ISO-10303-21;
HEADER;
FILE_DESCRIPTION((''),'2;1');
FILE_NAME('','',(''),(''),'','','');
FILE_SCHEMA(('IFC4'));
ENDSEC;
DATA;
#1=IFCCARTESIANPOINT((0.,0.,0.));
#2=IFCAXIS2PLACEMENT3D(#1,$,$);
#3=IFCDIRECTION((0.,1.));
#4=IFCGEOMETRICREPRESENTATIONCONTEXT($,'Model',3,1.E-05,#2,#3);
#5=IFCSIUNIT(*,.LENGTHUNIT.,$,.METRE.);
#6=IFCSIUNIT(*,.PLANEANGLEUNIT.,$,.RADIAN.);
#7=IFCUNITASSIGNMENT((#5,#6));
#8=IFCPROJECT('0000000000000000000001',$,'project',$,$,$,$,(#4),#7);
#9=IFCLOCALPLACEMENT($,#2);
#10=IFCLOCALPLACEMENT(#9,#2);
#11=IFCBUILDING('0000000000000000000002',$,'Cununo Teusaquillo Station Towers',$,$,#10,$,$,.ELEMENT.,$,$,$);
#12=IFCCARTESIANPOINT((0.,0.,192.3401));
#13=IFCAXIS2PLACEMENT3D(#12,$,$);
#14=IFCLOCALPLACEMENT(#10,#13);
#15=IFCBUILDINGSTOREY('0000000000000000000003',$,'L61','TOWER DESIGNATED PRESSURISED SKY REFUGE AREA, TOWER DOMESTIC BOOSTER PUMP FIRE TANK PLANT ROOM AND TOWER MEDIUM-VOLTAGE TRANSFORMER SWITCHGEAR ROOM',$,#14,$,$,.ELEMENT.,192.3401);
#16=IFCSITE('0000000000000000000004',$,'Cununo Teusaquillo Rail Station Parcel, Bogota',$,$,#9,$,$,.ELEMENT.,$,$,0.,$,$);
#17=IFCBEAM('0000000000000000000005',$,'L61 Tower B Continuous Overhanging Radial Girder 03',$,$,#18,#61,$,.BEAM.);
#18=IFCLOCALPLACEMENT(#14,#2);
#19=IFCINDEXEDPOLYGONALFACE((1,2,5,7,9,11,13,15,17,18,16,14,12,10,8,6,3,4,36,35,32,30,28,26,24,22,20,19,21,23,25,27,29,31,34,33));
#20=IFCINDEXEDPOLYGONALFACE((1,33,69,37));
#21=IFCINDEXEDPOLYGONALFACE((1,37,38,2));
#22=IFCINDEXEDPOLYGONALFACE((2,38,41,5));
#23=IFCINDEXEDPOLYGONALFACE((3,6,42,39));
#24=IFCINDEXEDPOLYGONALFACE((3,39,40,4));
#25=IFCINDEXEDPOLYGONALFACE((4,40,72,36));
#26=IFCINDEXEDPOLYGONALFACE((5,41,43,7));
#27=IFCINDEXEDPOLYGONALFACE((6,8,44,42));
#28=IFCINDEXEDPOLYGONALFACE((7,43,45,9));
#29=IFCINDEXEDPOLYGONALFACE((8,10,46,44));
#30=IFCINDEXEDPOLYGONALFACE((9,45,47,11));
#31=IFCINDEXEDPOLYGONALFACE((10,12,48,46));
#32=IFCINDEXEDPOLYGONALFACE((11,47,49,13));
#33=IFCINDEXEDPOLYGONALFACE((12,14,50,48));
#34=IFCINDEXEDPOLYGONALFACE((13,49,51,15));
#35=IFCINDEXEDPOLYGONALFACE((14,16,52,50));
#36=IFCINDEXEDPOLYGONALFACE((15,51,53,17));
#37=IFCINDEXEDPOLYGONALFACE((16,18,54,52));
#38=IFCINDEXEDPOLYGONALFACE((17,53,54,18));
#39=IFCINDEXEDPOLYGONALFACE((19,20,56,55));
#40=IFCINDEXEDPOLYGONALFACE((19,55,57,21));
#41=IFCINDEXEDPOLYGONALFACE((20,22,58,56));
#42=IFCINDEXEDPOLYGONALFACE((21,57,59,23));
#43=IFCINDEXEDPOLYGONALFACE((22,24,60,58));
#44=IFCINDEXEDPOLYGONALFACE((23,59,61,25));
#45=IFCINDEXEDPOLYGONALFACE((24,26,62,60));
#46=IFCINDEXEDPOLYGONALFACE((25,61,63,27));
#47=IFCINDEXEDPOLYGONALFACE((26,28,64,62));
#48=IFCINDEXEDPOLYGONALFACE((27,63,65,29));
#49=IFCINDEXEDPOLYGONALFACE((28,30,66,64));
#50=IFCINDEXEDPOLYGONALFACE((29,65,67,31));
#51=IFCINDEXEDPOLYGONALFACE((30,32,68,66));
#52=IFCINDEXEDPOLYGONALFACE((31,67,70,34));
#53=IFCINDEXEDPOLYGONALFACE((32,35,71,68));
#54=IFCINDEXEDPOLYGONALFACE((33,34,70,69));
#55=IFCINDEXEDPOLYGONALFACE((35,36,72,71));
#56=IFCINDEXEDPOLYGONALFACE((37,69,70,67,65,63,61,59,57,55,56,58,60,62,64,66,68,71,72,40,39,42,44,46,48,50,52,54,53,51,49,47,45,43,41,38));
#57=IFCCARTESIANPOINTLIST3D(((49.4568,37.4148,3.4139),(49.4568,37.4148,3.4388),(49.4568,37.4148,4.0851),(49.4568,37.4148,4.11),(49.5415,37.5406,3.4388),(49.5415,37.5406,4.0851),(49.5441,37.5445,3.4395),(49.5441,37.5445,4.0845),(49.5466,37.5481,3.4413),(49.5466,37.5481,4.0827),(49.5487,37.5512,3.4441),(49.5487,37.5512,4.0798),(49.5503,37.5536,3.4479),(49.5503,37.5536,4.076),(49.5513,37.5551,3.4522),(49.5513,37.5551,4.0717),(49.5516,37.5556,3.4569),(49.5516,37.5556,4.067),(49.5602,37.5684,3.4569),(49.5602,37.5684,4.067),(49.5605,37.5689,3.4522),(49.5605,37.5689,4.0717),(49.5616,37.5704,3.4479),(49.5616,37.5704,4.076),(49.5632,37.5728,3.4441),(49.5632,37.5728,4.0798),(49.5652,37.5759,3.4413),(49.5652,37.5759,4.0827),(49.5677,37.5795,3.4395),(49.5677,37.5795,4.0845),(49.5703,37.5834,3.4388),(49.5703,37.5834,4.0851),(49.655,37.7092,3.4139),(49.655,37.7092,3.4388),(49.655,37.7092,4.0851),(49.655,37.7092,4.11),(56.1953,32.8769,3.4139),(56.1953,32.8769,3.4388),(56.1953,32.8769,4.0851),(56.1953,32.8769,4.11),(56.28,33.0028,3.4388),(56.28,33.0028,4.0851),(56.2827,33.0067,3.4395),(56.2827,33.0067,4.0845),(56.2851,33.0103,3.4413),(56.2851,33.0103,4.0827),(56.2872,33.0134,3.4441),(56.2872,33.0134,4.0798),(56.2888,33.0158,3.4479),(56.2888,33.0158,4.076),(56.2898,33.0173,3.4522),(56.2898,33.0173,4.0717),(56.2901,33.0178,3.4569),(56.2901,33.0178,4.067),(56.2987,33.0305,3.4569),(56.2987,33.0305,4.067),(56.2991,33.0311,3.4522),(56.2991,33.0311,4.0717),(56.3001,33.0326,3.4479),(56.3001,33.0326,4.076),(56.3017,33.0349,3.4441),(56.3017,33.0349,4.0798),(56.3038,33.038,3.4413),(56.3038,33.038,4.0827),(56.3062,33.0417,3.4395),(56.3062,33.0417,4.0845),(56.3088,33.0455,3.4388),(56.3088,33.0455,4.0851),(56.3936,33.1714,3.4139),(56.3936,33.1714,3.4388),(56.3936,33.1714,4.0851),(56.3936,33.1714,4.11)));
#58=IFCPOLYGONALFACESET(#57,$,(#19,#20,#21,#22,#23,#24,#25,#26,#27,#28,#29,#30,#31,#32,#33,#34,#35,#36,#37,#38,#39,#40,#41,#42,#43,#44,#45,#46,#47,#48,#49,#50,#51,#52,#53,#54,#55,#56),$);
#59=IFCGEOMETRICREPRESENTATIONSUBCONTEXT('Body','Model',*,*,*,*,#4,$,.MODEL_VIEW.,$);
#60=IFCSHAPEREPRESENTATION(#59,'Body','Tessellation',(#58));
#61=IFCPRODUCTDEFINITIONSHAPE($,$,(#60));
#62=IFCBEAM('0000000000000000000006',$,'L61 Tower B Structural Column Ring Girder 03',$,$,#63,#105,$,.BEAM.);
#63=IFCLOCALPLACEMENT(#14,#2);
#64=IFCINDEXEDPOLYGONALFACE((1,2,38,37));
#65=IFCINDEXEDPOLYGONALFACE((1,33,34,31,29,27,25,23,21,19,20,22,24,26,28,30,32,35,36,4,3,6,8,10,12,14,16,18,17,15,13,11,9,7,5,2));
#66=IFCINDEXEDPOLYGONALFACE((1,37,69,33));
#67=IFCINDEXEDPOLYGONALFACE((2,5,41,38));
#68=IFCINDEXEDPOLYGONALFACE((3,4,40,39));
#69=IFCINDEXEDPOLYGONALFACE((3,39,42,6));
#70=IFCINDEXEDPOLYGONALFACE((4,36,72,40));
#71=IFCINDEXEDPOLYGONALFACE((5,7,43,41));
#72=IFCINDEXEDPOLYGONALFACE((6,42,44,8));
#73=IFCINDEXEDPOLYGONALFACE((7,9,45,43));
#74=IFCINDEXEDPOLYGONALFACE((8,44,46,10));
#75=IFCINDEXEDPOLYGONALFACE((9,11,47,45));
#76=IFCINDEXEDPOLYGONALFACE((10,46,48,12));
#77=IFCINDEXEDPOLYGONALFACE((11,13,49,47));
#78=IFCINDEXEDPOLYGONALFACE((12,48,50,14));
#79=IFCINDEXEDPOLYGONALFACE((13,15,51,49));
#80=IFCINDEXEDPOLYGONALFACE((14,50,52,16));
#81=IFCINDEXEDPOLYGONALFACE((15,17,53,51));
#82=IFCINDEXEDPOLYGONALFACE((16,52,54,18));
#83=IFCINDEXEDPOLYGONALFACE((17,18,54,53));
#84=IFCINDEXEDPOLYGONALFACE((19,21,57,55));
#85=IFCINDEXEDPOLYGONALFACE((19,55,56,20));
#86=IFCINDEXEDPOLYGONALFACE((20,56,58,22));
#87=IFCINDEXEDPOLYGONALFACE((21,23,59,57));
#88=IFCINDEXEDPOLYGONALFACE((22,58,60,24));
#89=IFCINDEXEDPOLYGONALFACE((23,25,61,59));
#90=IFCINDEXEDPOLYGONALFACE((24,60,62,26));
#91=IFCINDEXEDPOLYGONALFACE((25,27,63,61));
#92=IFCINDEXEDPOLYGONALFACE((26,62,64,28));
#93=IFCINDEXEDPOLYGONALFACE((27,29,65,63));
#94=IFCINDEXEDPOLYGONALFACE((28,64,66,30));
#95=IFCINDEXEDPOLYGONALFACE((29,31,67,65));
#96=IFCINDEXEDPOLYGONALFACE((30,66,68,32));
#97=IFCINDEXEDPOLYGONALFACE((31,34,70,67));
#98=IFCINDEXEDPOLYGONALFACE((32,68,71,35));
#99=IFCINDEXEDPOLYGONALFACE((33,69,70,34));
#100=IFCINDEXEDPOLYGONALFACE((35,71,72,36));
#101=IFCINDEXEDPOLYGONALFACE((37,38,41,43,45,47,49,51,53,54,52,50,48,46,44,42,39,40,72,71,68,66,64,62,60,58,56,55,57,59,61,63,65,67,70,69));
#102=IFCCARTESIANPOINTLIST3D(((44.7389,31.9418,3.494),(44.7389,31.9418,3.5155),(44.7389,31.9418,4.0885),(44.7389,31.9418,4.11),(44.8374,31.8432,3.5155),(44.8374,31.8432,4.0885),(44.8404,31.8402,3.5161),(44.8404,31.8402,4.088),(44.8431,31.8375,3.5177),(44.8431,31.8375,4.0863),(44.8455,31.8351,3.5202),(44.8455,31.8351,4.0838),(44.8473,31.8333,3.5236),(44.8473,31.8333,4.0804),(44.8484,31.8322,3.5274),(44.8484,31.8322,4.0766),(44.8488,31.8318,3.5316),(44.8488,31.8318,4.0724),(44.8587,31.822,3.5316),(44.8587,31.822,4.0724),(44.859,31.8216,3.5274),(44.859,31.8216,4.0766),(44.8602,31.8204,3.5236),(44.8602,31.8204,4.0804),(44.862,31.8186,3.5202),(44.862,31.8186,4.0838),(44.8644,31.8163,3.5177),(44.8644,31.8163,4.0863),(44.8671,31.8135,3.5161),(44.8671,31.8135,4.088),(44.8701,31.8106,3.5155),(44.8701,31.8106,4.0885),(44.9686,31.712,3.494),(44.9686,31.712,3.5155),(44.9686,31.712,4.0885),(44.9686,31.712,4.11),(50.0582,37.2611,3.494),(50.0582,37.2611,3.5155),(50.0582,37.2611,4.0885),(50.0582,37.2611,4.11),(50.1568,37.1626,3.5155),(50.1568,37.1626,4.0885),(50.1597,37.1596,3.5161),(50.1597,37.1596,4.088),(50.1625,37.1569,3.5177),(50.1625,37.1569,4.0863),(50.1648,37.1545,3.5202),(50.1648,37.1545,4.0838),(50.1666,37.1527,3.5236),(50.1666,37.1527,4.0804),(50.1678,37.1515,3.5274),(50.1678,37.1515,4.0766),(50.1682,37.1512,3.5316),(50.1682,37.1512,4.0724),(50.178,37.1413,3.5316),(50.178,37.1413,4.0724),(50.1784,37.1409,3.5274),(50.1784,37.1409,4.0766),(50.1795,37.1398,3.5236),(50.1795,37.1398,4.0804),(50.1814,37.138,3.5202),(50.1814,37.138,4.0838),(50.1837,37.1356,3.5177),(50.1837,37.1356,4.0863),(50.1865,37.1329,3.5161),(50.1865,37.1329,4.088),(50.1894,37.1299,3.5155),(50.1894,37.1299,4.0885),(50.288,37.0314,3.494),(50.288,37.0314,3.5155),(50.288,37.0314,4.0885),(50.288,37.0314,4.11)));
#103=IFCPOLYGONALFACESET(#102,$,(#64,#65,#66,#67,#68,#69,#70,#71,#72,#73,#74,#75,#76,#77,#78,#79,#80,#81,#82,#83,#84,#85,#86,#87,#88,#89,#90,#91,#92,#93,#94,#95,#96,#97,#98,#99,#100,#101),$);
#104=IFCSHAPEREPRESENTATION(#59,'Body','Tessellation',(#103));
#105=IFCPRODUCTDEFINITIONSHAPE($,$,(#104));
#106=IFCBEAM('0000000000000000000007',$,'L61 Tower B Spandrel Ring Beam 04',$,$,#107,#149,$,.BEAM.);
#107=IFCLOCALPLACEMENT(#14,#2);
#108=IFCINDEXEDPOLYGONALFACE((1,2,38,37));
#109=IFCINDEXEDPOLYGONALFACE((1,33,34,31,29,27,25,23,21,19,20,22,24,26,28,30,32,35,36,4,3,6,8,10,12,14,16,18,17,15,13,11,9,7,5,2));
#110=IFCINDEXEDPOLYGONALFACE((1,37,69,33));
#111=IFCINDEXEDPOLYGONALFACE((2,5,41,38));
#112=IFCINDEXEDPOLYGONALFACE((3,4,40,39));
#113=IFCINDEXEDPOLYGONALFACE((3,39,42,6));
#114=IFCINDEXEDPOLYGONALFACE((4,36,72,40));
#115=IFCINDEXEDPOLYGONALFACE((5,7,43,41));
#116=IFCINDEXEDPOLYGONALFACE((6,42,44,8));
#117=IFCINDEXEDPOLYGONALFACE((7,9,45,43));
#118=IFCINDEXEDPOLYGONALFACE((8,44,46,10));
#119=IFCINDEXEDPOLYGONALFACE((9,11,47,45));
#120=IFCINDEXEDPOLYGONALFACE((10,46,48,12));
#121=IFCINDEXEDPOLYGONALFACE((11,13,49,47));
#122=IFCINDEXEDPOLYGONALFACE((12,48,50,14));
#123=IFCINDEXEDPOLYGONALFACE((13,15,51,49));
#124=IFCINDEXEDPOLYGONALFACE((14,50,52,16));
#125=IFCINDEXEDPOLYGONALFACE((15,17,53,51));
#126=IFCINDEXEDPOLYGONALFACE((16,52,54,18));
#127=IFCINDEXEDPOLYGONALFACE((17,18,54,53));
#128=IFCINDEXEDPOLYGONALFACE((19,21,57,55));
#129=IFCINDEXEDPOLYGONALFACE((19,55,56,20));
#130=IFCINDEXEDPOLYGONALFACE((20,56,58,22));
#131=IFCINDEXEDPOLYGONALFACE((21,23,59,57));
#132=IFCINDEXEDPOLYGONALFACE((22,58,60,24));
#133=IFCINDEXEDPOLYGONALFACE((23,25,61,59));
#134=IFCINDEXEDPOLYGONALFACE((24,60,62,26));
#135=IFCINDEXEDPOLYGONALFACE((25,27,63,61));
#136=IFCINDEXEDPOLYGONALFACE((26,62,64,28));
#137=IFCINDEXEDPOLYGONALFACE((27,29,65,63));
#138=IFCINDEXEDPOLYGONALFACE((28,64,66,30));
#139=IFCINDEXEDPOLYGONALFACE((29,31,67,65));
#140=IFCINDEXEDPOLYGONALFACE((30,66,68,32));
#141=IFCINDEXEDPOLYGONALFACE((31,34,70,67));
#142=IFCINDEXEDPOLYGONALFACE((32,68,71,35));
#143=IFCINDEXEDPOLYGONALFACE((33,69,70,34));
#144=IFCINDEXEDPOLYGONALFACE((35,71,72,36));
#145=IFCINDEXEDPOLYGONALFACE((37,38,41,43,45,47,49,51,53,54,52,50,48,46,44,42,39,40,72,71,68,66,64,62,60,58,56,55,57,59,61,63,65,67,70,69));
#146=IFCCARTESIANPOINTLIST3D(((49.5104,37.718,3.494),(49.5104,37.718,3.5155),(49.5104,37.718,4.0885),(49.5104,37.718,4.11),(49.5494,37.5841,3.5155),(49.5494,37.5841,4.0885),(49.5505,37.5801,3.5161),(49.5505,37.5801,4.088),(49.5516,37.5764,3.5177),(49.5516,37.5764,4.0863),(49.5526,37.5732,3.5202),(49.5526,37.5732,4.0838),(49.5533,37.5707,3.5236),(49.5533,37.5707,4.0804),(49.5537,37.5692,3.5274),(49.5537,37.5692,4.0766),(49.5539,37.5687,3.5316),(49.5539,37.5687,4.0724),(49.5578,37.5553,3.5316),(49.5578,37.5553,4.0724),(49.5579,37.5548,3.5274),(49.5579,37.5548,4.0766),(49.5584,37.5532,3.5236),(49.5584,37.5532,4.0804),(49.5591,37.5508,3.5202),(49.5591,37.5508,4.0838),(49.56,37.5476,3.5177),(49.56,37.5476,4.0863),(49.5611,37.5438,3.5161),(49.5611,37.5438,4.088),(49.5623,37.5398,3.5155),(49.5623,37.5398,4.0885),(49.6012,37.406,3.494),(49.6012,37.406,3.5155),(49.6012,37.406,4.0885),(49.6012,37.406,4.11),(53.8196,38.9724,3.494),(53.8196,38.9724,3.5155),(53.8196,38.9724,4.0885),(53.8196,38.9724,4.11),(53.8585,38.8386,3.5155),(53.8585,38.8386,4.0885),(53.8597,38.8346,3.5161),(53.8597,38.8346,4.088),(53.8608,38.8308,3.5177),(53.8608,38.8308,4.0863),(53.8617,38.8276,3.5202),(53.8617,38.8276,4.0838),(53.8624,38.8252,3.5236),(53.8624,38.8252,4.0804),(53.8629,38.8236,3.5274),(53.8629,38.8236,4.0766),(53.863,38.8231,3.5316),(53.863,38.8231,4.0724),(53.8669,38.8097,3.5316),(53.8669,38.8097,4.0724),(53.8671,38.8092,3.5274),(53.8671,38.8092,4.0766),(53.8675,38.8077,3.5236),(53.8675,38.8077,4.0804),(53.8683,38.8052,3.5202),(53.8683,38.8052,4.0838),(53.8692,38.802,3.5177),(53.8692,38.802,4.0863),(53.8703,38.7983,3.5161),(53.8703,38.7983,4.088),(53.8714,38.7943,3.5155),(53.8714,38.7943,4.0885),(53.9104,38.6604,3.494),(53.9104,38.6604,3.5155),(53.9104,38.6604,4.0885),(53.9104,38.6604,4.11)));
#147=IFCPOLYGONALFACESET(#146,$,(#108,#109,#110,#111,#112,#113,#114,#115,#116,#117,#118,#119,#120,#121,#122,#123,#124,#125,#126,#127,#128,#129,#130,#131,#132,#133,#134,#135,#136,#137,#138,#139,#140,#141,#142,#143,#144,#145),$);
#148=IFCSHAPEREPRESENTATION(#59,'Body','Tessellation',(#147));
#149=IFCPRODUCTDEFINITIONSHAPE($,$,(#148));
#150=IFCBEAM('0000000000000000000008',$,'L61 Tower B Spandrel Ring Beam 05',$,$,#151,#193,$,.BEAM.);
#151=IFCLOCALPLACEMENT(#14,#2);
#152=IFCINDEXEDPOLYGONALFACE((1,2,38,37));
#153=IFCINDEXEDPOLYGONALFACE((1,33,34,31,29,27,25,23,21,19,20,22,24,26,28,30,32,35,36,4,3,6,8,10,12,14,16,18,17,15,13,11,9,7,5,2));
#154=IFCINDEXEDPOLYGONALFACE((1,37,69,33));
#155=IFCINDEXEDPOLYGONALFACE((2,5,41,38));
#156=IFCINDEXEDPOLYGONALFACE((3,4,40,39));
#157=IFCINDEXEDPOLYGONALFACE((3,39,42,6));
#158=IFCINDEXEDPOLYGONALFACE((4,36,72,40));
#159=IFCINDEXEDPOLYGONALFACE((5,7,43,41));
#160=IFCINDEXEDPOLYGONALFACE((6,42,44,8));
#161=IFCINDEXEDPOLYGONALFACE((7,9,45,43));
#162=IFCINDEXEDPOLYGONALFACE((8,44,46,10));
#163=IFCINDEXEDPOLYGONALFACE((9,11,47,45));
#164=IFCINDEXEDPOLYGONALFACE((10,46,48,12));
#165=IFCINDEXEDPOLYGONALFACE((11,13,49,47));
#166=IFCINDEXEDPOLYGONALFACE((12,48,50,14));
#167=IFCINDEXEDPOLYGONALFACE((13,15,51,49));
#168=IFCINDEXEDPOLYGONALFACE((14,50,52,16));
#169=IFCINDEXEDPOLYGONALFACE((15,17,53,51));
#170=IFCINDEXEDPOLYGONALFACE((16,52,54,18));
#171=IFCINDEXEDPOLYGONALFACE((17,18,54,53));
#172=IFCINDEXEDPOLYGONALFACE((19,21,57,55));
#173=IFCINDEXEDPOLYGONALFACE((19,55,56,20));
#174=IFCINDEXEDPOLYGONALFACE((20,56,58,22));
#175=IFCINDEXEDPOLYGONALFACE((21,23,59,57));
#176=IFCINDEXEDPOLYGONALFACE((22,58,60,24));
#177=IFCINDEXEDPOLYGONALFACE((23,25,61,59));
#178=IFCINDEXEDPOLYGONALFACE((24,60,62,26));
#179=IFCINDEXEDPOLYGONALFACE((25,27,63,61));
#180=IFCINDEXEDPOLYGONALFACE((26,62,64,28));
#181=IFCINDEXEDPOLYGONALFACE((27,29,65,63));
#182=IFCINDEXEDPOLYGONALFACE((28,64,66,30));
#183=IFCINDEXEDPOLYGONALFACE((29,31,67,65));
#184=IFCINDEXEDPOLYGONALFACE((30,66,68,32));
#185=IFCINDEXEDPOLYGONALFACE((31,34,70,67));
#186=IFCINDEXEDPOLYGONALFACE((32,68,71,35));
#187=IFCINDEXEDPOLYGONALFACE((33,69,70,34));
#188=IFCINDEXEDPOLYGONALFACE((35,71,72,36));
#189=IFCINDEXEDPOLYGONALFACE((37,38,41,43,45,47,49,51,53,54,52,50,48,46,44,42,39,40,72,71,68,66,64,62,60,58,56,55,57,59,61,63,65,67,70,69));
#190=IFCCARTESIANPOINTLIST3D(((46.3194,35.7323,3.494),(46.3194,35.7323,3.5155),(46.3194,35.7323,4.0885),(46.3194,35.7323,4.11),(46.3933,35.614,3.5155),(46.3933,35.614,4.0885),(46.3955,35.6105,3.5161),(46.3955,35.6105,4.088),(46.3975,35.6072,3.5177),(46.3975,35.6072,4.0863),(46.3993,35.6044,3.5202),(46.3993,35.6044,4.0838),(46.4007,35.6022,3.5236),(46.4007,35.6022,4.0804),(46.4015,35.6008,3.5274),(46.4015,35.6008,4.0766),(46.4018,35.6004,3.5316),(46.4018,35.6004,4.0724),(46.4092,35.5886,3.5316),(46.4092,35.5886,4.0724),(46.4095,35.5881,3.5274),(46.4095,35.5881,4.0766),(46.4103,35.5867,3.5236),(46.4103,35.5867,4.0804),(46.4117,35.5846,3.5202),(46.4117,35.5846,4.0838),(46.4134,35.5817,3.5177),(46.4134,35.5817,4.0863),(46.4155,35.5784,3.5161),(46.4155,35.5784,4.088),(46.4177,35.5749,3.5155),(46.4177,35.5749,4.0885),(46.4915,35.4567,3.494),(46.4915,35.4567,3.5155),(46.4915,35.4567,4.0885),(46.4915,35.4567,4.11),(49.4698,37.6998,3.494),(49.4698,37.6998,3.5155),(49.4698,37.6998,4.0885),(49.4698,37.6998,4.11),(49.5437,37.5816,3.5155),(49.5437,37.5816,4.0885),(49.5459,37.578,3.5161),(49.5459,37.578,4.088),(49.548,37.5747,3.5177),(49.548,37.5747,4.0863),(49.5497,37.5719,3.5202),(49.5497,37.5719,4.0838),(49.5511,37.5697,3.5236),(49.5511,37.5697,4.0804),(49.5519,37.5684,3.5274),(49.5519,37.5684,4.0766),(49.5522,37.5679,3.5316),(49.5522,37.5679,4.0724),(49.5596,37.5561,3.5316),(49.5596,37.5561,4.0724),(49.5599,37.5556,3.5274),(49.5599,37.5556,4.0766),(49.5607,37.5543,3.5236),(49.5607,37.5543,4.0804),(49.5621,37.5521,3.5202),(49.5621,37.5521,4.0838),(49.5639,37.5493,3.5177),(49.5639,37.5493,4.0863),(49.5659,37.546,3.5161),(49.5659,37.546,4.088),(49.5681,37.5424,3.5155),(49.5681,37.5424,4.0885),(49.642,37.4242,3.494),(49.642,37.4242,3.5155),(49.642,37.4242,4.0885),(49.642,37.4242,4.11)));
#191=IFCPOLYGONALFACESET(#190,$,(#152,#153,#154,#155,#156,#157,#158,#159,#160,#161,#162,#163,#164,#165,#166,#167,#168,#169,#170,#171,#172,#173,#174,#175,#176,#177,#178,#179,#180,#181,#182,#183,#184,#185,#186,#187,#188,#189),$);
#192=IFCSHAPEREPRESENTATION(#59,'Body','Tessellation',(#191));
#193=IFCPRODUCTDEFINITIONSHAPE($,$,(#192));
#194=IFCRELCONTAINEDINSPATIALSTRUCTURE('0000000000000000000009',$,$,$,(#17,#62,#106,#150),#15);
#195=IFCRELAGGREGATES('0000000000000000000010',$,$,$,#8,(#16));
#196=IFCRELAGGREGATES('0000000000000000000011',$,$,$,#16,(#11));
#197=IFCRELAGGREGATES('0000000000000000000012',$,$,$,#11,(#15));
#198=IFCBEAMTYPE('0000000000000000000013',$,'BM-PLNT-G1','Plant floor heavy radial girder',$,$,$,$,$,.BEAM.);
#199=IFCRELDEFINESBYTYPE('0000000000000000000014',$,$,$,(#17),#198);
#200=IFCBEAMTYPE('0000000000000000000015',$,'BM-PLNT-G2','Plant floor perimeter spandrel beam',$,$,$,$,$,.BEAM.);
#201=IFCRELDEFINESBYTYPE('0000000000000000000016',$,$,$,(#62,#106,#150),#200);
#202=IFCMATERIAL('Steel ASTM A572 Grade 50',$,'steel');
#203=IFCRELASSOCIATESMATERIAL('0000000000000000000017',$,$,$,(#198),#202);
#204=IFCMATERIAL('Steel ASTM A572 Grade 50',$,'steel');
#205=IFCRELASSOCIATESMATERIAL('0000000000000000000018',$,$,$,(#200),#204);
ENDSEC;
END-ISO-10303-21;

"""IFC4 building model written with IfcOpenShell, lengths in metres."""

from ifc_helpers import new_model, si_unit, direction, frame, origin, origin_2d, place, context, subcontext, project, spatial, i_section, extrude, material, material_profile, profile_set, type_object, element, save


model = new_model("IFC4")

# Units and contexts
model_context = context("Model", 3, precision=1e-05, world=origin(), true_north=direction((0.0, 1.0)))
body_context = subcontext(model_context, "Body", "Model", "MODEL_VIEW")
ifc_project = project(units=[si_unit("LENGTHUNIT", "METRE"), si_unit("PLANEANGLEUNIT", "RADIAN")], contexts=[model_context])

# Site, building, storey
site_placement = place(None, origin())
site = spatial("IfcSite", under=ifc_project, at=site_placement, Name="Cununo Teusaquillo Rail Station Parcel, Bogota", CompositionType="ELEMENT", RefElevation=0.0)
building_placement = place(site_placement, origin())
building = spatial("IfcBuilding", under=site, at=building_placement, Name="Cununo Teusaquillo Station Towers", CompositionType="ELEMENT")
storey_placement = place(building_placement, frame((0.0, 0.0, 192.3401)))
storey = spatial("IfcBuildingStorey", under=building, at=storey_placement, Name="L61", Description="TOWER DESIGNATED PRESSURISED SKY REFUGE AREA, TOWER DOMESTIC BOOSTER PUMP FIRE TANK PLANT ROOM AND TOWER MEDIUM-VOLTAGE TRANSFORMER SWITCHGEAR ROOM", CompositionType="ELEMENT", Elevation=192.3401)

# Beams
ifc_material_1 = material(Name="Steel ASTM A572 Grade 50", Category="steel")
ifc_material_profile_1 = material_profile(ifc_material_1, i_section(OverallWidth=0.355, OverallDepth=0.696, WebThickness=0.0154, FlangeThickness=0.0249, FilletRadius=0.0181, at=origin_2d()), Name="W27X146")
ifc_profile_set_1 = profile_set([ifc_material_profile_1], Name="Steel ASTM A572 Grade 50")
beam_type_1 = type_object("IfcBeamType", Name="BM-PLNT-G1", Description="Plant floor heavy radial girder", PredefinedType="BEAM", material=ifc_profile_set_1)
beam_1_placement = place(storey_placement, frame((56.2944, 33.0242, 3.762), z_axis=(-0.829457, 0.558571, 0.0), x_axis=(-0.558571, -0.829457, 0.0)))
element("IfcBeam", 1, at=beam_1_placement, inside=storey, type_object=beam_type_1, Name="L61 Tower B Continuous Overhanging Radial Girder 03", PredefinedType="BEAM", context=body_context, shape_type="SweptSolid", body=[
    extrude(i_section(OverallWidth=0.355, OverallDepth=0.696, WebThickness=0.0154, FlangeThickness=0.0249, FilletRadius=0.0181, at=origin_2d()), origin(), (0.0, 0.0, 1.0), 8.124),
])
ifc_material_2 = material(Name="Steel ASTM A572 Grade 50", Category="steel")
ifc_material_profile_2 = material_profile(ifc_material_2, i_section(OverallWidth=0.325, OverallDepth=0.616, WebThickness=0.0139, FlangeThickness=0.0215, FilletRadius=0.0161, at=origin_2d()), Name="W24X117")
ifc_profile_set_2 = profile_set([ifc_material_profile_2], Name="Steel ASTM A572 Grade 50")
beam_type_2 = type_object("IfcBeamType", Name="BM-PLNT-G2", Description="Plant floor perimeter spandrel beam", PredefinedType="BEAM", material=ifc_profile_set_2)
beam_2_placement = place(storey_placement, frame((50.1731, 37.1462, 3.802), z_axis=(-0.707107, -0.707107, 0.0), x_axis=(0.707107, -0.707107, 0.0)))
element("IfcBeam", 2, at=beam_2_placement, inside=storey, type_object=beam_type_2, Name="L61 Tower B Structural Column Ring Girder 03", PredefinedType="BEAM", context=body_context, shape_type="SweptSolid", body=[
    extrude(i_section(OverallWidth=0.325, OverallDepth=0.616, WebThickness=0.0139, FlangeThickness=0.0215, FilletRadius=0.0161, at=origin_2d()), origin(), (0.0, 0.0, 1.0), 7.5227),
])
beam_3_placement = place(storey_placement, frame((53.865, 38.8164, 3.802), z_axis=(-0.960145, -0.279503, 0.0), x_axis=(0.279503, -0.960145, 0.0)))
element("IfcBeam", 3, at=beam_3_placement, inside=storey, type_object=beam_type_2, Name="L61 Tower B Spandrel Ring Beam 04", PredefinedType="BEAM", context=body_context, shape_type="SweptSolid", body=[
    extrude(i_section(OverallWidth=0.325, OverallDepth=0.616, WebThickness=0.0139, FlangeThickness=0.0215, FilletRadius=0.0161, at=origin_2d()), origin(), (0.0, 0.0, 1.0), 4.488),
])
beam_4_placement = place(storey_placement, frame((49.5559, 37.562, 3.802), z_axis=(-0.848176, -0.529715, 0.0), x_axis=(0.529715, -0.848176, 0.0)))
element("IfcBeam", 4, at=beam_4_placement, inside=storey, type_object=beam_type_2, Name="L61 Tower B Spandrel Ring Beam 05", PredefinedType="BEAM", context=body_context, shape_type="SweptSolid", body=[
    extrude(i_section(OverallWidth=0.325, OverallDepth=0.616, WebThickness=0.0139, FlangeThickness=0.0215, FilletRadius=0.0161, at=origin_2d()), origin(), (0.0, 0.0, 1.0), 3.7144),
])

save(model, "model.ifc")
